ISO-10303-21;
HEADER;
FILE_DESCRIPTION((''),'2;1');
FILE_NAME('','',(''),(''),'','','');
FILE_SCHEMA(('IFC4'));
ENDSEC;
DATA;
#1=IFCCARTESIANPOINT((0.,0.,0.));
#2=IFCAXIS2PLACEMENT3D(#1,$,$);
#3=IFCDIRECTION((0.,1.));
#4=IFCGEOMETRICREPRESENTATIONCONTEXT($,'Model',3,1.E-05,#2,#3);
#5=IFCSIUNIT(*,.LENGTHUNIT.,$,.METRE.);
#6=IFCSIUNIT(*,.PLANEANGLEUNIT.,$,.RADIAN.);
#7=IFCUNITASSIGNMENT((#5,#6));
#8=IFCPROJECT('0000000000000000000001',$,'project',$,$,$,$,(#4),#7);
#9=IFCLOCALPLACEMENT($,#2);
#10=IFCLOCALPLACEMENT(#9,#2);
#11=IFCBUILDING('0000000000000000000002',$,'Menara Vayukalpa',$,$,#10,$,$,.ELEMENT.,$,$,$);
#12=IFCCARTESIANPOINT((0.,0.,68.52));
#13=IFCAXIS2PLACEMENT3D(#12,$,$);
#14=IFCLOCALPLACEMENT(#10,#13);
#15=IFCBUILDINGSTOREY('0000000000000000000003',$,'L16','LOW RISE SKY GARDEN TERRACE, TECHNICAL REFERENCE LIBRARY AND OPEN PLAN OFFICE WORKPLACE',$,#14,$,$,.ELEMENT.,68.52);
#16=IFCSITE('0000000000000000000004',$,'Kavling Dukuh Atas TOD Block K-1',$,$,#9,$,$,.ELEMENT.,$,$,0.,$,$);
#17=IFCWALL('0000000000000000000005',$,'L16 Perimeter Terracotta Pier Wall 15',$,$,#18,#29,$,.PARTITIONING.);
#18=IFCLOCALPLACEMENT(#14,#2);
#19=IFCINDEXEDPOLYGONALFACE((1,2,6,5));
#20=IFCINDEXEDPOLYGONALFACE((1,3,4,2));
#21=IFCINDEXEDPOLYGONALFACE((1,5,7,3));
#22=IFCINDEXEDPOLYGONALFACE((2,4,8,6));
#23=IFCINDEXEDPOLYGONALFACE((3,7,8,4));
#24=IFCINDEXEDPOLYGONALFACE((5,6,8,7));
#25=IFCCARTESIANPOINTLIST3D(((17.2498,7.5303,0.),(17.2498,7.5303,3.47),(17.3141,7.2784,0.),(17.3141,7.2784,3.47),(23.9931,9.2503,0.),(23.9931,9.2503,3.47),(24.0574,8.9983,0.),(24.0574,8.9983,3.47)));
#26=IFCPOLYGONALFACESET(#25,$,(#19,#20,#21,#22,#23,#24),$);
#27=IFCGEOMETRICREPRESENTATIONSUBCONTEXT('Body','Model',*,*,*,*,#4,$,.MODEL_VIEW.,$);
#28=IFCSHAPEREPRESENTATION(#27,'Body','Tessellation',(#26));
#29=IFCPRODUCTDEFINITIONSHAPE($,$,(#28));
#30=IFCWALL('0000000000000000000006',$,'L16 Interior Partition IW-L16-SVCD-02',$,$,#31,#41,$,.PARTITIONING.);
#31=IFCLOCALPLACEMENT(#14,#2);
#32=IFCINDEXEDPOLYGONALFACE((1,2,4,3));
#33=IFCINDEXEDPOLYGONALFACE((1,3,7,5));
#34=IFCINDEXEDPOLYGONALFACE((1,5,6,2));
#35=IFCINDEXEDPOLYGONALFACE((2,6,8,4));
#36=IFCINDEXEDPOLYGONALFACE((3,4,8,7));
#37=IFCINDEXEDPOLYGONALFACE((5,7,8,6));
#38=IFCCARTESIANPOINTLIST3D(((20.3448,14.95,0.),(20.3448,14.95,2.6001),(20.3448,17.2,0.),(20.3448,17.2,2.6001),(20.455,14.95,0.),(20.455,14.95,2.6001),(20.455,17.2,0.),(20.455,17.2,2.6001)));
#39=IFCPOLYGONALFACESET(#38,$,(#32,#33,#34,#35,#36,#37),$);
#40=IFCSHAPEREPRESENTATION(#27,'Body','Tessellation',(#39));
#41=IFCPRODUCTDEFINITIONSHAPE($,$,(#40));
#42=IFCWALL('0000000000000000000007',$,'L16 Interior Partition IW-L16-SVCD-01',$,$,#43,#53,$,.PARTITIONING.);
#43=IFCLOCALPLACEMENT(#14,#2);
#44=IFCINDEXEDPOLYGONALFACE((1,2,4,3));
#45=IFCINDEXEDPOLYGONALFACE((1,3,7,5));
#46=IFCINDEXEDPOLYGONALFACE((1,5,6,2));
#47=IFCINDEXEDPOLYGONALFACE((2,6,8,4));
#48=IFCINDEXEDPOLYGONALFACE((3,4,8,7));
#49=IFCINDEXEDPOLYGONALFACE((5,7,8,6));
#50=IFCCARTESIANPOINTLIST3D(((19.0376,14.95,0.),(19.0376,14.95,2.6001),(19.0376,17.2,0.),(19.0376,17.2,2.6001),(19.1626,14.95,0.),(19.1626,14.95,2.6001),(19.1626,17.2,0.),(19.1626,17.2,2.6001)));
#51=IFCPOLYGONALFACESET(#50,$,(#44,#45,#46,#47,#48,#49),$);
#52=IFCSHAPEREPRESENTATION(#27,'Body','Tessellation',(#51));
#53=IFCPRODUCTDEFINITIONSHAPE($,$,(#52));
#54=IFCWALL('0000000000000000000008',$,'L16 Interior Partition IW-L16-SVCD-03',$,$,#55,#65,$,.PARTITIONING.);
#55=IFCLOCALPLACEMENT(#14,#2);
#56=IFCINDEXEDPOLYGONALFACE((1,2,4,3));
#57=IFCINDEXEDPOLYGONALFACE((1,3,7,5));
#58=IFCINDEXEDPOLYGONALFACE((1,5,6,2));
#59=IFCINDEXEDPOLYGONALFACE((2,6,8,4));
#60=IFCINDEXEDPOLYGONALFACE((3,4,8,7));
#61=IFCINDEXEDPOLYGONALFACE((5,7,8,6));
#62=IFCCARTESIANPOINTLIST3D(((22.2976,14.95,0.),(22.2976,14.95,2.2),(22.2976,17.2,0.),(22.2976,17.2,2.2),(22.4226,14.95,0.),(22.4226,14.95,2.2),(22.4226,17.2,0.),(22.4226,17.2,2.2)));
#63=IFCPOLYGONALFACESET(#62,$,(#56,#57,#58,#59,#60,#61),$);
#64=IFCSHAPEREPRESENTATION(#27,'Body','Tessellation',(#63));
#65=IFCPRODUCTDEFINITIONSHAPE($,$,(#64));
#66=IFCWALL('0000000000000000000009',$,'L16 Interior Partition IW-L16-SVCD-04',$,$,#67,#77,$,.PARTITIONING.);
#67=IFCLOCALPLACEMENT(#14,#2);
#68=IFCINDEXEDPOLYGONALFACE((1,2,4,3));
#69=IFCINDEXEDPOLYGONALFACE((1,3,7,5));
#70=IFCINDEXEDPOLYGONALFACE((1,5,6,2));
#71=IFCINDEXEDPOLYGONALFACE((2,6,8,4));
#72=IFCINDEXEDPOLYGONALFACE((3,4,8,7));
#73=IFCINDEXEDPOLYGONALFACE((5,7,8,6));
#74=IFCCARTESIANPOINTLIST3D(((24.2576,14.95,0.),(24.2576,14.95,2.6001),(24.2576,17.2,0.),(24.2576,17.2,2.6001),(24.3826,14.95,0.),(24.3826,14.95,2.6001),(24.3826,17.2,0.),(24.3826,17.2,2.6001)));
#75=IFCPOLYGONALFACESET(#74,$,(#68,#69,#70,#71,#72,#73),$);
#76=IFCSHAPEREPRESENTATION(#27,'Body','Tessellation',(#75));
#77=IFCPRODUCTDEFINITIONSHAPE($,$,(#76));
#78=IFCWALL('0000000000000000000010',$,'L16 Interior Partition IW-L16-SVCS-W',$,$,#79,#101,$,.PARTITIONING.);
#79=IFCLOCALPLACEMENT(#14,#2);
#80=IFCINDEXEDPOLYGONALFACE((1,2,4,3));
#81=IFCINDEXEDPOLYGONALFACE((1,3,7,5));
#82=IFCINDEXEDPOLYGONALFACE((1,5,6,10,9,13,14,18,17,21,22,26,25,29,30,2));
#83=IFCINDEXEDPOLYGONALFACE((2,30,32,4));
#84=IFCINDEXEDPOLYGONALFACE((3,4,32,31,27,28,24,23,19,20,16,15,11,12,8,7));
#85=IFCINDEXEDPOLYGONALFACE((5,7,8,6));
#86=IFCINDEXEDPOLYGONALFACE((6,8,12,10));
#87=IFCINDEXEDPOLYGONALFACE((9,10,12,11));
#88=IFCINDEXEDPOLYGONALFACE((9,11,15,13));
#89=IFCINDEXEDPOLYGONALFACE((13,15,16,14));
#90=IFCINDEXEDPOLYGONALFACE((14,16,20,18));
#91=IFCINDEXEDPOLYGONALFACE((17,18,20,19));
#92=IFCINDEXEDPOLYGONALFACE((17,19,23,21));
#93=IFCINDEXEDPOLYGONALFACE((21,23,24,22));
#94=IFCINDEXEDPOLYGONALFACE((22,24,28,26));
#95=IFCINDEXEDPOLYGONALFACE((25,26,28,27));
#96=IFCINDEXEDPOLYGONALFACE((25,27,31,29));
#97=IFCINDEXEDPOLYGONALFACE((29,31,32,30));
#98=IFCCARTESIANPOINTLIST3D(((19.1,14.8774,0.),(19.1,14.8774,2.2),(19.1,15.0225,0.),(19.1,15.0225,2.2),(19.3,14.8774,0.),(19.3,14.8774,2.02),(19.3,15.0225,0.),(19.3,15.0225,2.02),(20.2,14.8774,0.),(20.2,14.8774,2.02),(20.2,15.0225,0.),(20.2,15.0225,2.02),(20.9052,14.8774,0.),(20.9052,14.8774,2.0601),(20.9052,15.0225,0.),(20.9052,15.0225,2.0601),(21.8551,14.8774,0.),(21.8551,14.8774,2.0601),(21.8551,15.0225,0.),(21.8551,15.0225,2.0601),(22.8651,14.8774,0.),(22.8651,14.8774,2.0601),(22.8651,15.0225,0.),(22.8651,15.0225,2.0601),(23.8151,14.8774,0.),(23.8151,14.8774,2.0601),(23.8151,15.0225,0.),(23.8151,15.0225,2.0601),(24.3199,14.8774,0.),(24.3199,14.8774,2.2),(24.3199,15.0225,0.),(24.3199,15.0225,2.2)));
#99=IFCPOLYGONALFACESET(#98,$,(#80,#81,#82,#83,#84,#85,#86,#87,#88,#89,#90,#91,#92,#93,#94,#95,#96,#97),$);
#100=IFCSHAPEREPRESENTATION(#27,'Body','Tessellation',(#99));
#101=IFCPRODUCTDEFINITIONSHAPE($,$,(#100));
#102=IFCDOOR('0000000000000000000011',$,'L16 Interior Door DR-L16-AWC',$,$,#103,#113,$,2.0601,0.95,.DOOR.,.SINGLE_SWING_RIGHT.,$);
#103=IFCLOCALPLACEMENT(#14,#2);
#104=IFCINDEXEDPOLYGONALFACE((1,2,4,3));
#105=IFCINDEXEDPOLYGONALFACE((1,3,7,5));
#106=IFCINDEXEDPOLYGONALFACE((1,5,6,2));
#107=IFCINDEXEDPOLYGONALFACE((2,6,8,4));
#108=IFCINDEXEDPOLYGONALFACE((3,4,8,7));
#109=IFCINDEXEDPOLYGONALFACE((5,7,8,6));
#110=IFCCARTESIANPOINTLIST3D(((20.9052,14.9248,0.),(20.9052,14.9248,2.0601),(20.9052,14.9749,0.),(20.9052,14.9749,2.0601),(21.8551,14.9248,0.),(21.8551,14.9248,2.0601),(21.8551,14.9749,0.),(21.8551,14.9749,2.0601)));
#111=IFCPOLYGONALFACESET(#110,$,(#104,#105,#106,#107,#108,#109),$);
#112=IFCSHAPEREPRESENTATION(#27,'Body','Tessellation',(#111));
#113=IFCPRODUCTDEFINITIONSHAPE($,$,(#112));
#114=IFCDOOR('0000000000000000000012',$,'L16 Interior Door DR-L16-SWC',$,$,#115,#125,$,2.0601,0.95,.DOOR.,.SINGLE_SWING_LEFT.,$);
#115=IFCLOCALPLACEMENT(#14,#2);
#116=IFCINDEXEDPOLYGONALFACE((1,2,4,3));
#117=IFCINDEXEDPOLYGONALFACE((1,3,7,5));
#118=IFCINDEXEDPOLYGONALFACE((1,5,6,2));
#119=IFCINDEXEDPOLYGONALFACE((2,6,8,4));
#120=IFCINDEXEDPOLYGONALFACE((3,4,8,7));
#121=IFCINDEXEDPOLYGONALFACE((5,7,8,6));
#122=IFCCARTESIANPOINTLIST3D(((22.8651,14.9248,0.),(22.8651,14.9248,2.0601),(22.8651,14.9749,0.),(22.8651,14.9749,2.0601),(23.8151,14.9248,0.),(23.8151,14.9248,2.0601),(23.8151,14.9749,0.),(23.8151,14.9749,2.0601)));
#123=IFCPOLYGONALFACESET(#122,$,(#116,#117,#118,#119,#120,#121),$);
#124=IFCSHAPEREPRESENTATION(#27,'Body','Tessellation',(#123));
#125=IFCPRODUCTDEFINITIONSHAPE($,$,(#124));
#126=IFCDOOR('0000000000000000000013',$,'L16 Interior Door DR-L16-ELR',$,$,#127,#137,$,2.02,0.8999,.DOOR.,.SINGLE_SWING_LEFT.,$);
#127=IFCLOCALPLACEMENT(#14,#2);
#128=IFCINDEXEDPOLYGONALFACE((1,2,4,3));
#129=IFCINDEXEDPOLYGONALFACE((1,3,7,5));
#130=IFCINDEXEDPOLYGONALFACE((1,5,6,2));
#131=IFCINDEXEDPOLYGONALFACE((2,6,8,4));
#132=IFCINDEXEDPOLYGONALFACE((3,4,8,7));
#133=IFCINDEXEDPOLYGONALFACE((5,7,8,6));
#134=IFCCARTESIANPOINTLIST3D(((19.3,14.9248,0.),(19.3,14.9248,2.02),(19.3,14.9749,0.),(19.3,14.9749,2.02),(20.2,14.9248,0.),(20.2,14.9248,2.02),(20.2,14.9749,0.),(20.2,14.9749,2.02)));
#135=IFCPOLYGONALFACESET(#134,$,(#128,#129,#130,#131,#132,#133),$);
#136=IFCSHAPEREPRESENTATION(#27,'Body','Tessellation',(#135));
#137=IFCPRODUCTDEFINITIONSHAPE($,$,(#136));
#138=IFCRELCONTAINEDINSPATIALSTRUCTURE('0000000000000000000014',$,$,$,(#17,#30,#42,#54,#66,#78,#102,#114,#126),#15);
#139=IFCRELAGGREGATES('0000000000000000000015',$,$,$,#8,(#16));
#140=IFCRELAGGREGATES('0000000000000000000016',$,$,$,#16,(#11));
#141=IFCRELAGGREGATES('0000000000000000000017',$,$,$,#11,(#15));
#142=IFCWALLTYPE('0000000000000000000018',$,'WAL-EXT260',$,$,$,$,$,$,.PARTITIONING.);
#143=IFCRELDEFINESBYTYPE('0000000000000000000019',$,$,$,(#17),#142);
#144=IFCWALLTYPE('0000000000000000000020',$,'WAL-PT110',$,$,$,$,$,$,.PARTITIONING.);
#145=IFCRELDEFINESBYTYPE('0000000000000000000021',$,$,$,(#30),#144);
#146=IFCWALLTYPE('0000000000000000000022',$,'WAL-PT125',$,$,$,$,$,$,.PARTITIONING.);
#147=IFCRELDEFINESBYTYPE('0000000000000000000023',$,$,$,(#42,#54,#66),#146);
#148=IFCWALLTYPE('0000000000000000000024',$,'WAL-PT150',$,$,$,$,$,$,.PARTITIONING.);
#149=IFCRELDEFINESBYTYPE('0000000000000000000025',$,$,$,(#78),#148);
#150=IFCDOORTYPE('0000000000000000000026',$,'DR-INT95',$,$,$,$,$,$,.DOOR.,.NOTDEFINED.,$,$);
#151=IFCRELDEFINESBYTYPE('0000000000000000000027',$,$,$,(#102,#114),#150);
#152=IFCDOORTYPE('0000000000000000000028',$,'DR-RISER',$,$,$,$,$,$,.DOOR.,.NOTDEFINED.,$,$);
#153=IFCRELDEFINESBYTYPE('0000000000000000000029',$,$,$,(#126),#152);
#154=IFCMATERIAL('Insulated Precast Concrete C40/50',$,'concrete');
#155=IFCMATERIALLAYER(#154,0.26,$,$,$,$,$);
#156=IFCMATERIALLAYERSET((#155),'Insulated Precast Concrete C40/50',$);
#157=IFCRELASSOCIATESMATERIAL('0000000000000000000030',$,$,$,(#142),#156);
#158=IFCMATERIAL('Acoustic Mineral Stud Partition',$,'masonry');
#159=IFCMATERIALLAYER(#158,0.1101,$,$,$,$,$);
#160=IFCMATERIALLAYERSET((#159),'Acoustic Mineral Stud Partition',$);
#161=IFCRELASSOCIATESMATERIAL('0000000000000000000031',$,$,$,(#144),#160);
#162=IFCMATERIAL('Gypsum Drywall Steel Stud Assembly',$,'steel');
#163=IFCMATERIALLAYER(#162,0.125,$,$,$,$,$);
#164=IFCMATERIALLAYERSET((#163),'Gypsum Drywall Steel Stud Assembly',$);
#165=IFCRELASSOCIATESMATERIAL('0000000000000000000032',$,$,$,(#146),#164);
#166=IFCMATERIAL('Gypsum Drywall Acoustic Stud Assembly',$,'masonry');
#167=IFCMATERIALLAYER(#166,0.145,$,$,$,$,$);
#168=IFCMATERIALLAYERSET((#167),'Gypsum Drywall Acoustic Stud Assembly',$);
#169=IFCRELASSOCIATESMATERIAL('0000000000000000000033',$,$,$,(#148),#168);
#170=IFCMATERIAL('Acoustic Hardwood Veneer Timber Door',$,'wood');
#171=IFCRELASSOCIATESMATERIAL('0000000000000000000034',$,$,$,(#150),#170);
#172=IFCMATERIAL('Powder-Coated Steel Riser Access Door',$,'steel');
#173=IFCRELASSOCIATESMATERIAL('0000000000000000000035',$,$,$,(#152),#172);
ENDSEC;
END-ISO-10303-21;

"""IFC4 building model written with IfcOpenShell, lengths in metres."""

from ifc_helpers import new_model, si_unit, direction, frame, frame_2d, origin, place, context, subcontext, project, spatial, rectangle, extrude, material, layer, layer_set, type_object, element, fill, save


model = new_model("IFC4")

# Units and contexts
model_context = context("Model", 3, precision=1e-05, world=origin(), true_north=direction((0.0, 1.0)))
body_context = subcontext(model_context, "Body", "Model", "MODEL_VIEW")
ifc_project = project(units=[si_unit("LENGTHUNIT", "METRE"), si_unit("PLANEANGLEUNIT", "RADIAN")], contexts=[model_context])

# Site, building, storey
site_placement = place(None, origin())
site = spatial("IfcSite", under=ifc_project, at=site_placement, Name="Kavling Dukuh Atas TOD Block K-1", CompositionType="ELEMENT", RefElevation=0.0)
building_placement = place(site_placement, origin())
building = spatial("IfcBuilding", under=site, at=building_placement, Name="Menara Vayukalpa", CompositionType="ELEMENT")
storey_placement = place(building_placement, frame((0.0, 0.0, 68.52)))
storey = spatial("IfcBuildingStorey", under=building, at=storey_placement, Name="L16", Description="LOW RISE SKY GARDEN TERRACE, TECHNICAL REFERENCE LIBRARY AND OPEN PLAN OFFICE WORKPLACE", CompositionType="ELEMENT", Elevation=68.52)

# Walls
ifc_material_1 = material(Name="Insulated Precast Concrete C40/50", Category="concrete")
ifc_layer_1 = layer(ifc_material_1, 0.26)
ifc_layer_set_1 = layer_set([ifc_layer_1], Name="Insulated Precast Concrete C40/50")
wall_type_1 = type_object("IfcWallType", Name="WAL-EXT260", PredefinedType="PARTITIONING", material=ifc_layer_set_1)
wall_1_placement = place(storey_placement, frame((24.0251, 9.1243, 0.0), z_axis=(0.0, 0.0, 1.0), x_axis=(-0.968978, -0.247147, 0.0)))
element("IfcWall", 1, at=wall_1_placement, inside=storey, type_object=wall_type_1, Name="L16 Perimeter Terracotta Pier Wall 15", PredefinedType="PARTITIONING", context=body_context, shape_type="SweptSolid", body=[
    extrude(rectangle(XDim=6.9592, YDim=0.26, at=frame_2d((3.4795, 0.0))), origin(), (0.0, 0.0, 1.0), 3.47),
])
ifc_material_2 = material(Name="Acoustic Mineral Stud Partition", Category="masonry")
ifc_layer_2 = layer(ifc_material_2, 0.1101)
ifc_layer_set_2 = layer_set([ifc_layer_2], Name="Acoustic Mineral Stud Partition")
wall_type_2 = type_object("IfcWallType", Name="WAL-PT110", PredefinedType="PARTITIONING", material=ifc_layer_set_2)
wall_2_placement = place(storey_placement, frame((20.3999, 14.95, 0.0), z_axis=(0.0, 0.0, 1.0), x_axis=(0.0, 1.0, 0.0)))
element("IfcWall", 2, at=wall_2_placement, inside=storey, type_object=wall_type_2, Name="L16 Interior Partition IW-L16-SVCD-02", PredefinedType="PARTITIONING", context=body_context, shape_type="SweptSolid", body=[
    extrude(rectangle(XDim=2.25, YDim=0.1101, at=frame_2d((1.125, 0.0))), origin(), (0.0, 0.0, 1.0), 2.6001),
])
ifc_material_3 = material(Name="Gypsum Drywall Steel Stud Assembly", Category="steel")
ifc_layer_3 = layer(ifc_material_3, 0.125)
ifc_layer_set_3 = layer_set([ifc_layer_3], Name="Gypsum Drywall Steel Stud Assembly")
wall_type_3 = type_object("IfcWallType", Name="WAL-PT125", PredefinedType="PARTITIONING", material=ifc_layer_set_3)
wall_3_placement = place(storey_placement, frame((19.1001, 14.95, 0.0), z_axis=(0.0, 0.0, 1.0), x_axis=(0.0, 1.0, 0.0)))
element("IfcWall", 3, at=wall_3_placement, inside=storey, type_object=wall_type_3, Name="L16 Interior Partition IW-L16-SVCD-01", PredefinedType="PARTITIONING", context=body_context, shape_type="SweptSolid", body=[
    extrude(rectangle(XDim=2.25, YDim=0.125, at=frame_2d((1.125, 0.0))), origin(), (0.0, 0.0, 1.0), 2.6001),
])
wall_4_placement = place(storey_placement, frame((22.3601, 14.95, 0.0), z_axis=(0.0, 0.0, 1.0), x_axis=(0.0, 1.0, 0.0)))
element("IfcWall", 4, at=wall_4_placement, inside=storey, type_object=wall_type_3, Name="L16 Interior Partition IW-L16-SVCD-03", PredefinedType="PARTITIONING", context=body_context, shape_type="SweptSolid", body=[
    extrude(rectangle(XDim=2.25, YDim=0.125, at=frame_2d((1.125, 0.0))), origin(), (0.0, 0.0, 1.0), 2.2),
])
wall_5_placement = place(storey_placement, frame((24.3201, 14.95, 0.0), z_axis=(0.0, 0.0, 1.0), x_axis=(0.0, 1.0, 0.0)))
element("IfcWall", 5, at=wall_5_placement, inside=storey, type_object=wall_type_3, Name="L16 Interior Partition IW-L16-SVCD-04", PredefinedType="PARTITIONING", context=body_context, shape_type="SweptSolid", body=[
    extrude(rectangle(XDim=2.25, YDim=0.125, at=frame_2d((1.125, 0.0))), origin(), (0.0, 0.0, 1.0), 2.6001),
])

# Wall, openings, doors
ifc_material_4 = material(Name="Gypsum Drywall Acoustic Stud Assembly", Category="masonry")
ifc_layer_4 = layer(ifc_material_4, 0.145)
ifc_layer_set_4 = layer_set([ifc_layer_4], Name="Gypsum Drywall Acoustic Stud Assembly")
wall_type_4 = type_object("IfcWallType", Name="WAL-PT150", PredefinedType="PARTITIONING", material=ifc_layer_set_4)
wall_6_placement = place(storey_placement, frame((19.1001, 14.95, 0.0), z_axis=(0.0, 0.0, 1.0), x_axis=(1.0, 0.0, 0.0)))
wall_6 = element("IfcWall", 6, at=wall_6_placement, inside=storey, type_object=wall_type_4, Name="L16 Interior Partition IW-L16-SVCS-W", PredefinedType="PARTITIONING", context=body_context, shape_type="SweptSolid", body=[
    extrude(rectangle(XDim=5.22, YDim=0.145, at=frame_2d((2.6099, 0.0))), origin(), (0.0, 0.0, 1.0), 2.2),
])
opening_1_placement = place(wall_6_placement, frame((0.2, 0.0, 0.0)))
opening_1 = element("IfcOpeningElement", 7, at=opening_1_placement, cuts=wall_6, PredefinedType="OPENING", context=body_context, shape_type="SweptSolid", body=[
    extrude(rectangle(XDim=0.8999, YDim=2.02, at=frame_2d((0.45, 1.01))), frame((0.0, 0.0825, 0.0), z_axis=(0.0, -1.0, 0.0), x_axis=(1.0, 0.0, 0.0)), (0.0, 0.0, 1.0), 0.165),
])
opening_2_placement = place(wall_6_placement, frame((1.8049, 0.0, 0.0)))
opening_2 = element("IfcOpeningElement", 8, at=opening_2_placement, cuts=wall_6, PredefinedType="OPENING", context=body_context, shape_type="SweptSolid", body=[
    extrude(rectangle(XDim=0.95, YDim=2.0601, at=frame_2d((0.4751, 1.03))), frame((0.0, 0.0825, 0.0), z_axis=(0.0, -1.0, 0.0), x_axis=(1.0, 0.0, 0.0)), (0.0, 0.0, 1.0), 0.165),
])
opening_3_placement = place(wall_6_placement, frame((3.7649, 0.0, 0.0)))
opening_3 = element("IfcOpeningElement", 9, at=opening_3_placement, cuts=wall_6, PredefinedType="OPENING", context=body_context, shape_type="SweptSolid", body=[
    extrude(rectangle(XDim=0.95, YDim=2.0601, at=frame_2d((0.4751, 1.03))), frame((0.0, 0.0825, 0.0), z_axis=(0.0, -1.0, 0.0), x_axis=(1.0, 0.0, 0.0)), (0.0, 0.0, 1.0), 0.165),
])
ifc_material_5 = material(Name="Acoustic Hardwood Veneer Timber Door", Category="wood")
door_type_1 = type_object("IfcDoorType", Name="DR-INT95", OperationType="NOTDEFINED", PredefinedType="DOOR", material=ifc_material_5)
door_1_placement = place(opening_2_placement, origin())
door_1 = element("IfcDoor", 10, at=door_1_placement, inside=storey, type_object=door_type_1, Name="L16 Interior Door DR-L16-AWC", OperationType="SINGLE_SWING_RIGHT", OverallHeight=2.0601, OverallWidth=0.95, PredefinedType="DOOR", context=body_context, shape_type="SweptSolid", body=[
    extrude(rectangle(XDim=0.95, YDim=2.0601, at=frame_2d((0.4751, 1.03))), frame((0.0, 0.0249, 0.0), z_axis=(0.0, -1.0, 0.0), x_axis=(1.0, 0.0, 0.0)), (0.0, 0.0, 1.0), 0.05),
])
fill(opening_2, door_1)
door_2_placement = place(opening_3_placement, origin())
door_2 = element("IfcDoor", 11, at=door_2_placement, inside=storey, type_object=door_type_1, Name="L16 Interior Door DR-L16-SWC", OperationType="SINGLE_SWING_LEFT", OverallHeight=2.0601, OverallWidth=0.95, PredefinedType="DOOR", context=body_context, shape_type="SweptSolid", body=[
    extrude(rectangle(XDim=0.95, YDim=2.0601, at=frame_2d((0.4751, 1.03))), frame((0.0, 0.0249, 0.0), z_axis=(0.0, -1.0, 0.0), x_axis=(1.0, 0.0, 0.0)), (0.0, 0.0, 1.0), 0.05),
])
fill(opening_3, door_2)
ifc_material_6 = material(Name="Powder-Coated Steel Riser Access Door", Category="steel")
door_type_2 = type_object("IfcDoorType", Name="DR-RISER", OperationType="NOTDEFINED", PredefinedType="DOOR", material=ifc_material_6)
door_3_placement = place(opening_1_placement, origin())
door_3 = element("IfcDoor", 12, at=door_3_placement, inside=storey, type_object=door_type_2, Name="L16 Interior Door DR-L16-ELR", OperationType="SINGLE_SWING_LEFT", OverallHeight=2.02, OverallWidth=0.8999, PredefinedType="DOOR", context=body_context, shape_type="SweptSolid", body=[
    extrude(rectangle(XDim=0.8999, YDim=2.02, at=frame_2d((0.45, 1.01))), frame((0.0, 0.0249, 0.0), z_axis=(0.0, -1.0, 0.0), x_axis=(1.0, 0.0, 0.0)), (0.0, 0.0, 1.0), 0.05),
])
fill(opening_1, door_3)

save(model, "model.ifc")
